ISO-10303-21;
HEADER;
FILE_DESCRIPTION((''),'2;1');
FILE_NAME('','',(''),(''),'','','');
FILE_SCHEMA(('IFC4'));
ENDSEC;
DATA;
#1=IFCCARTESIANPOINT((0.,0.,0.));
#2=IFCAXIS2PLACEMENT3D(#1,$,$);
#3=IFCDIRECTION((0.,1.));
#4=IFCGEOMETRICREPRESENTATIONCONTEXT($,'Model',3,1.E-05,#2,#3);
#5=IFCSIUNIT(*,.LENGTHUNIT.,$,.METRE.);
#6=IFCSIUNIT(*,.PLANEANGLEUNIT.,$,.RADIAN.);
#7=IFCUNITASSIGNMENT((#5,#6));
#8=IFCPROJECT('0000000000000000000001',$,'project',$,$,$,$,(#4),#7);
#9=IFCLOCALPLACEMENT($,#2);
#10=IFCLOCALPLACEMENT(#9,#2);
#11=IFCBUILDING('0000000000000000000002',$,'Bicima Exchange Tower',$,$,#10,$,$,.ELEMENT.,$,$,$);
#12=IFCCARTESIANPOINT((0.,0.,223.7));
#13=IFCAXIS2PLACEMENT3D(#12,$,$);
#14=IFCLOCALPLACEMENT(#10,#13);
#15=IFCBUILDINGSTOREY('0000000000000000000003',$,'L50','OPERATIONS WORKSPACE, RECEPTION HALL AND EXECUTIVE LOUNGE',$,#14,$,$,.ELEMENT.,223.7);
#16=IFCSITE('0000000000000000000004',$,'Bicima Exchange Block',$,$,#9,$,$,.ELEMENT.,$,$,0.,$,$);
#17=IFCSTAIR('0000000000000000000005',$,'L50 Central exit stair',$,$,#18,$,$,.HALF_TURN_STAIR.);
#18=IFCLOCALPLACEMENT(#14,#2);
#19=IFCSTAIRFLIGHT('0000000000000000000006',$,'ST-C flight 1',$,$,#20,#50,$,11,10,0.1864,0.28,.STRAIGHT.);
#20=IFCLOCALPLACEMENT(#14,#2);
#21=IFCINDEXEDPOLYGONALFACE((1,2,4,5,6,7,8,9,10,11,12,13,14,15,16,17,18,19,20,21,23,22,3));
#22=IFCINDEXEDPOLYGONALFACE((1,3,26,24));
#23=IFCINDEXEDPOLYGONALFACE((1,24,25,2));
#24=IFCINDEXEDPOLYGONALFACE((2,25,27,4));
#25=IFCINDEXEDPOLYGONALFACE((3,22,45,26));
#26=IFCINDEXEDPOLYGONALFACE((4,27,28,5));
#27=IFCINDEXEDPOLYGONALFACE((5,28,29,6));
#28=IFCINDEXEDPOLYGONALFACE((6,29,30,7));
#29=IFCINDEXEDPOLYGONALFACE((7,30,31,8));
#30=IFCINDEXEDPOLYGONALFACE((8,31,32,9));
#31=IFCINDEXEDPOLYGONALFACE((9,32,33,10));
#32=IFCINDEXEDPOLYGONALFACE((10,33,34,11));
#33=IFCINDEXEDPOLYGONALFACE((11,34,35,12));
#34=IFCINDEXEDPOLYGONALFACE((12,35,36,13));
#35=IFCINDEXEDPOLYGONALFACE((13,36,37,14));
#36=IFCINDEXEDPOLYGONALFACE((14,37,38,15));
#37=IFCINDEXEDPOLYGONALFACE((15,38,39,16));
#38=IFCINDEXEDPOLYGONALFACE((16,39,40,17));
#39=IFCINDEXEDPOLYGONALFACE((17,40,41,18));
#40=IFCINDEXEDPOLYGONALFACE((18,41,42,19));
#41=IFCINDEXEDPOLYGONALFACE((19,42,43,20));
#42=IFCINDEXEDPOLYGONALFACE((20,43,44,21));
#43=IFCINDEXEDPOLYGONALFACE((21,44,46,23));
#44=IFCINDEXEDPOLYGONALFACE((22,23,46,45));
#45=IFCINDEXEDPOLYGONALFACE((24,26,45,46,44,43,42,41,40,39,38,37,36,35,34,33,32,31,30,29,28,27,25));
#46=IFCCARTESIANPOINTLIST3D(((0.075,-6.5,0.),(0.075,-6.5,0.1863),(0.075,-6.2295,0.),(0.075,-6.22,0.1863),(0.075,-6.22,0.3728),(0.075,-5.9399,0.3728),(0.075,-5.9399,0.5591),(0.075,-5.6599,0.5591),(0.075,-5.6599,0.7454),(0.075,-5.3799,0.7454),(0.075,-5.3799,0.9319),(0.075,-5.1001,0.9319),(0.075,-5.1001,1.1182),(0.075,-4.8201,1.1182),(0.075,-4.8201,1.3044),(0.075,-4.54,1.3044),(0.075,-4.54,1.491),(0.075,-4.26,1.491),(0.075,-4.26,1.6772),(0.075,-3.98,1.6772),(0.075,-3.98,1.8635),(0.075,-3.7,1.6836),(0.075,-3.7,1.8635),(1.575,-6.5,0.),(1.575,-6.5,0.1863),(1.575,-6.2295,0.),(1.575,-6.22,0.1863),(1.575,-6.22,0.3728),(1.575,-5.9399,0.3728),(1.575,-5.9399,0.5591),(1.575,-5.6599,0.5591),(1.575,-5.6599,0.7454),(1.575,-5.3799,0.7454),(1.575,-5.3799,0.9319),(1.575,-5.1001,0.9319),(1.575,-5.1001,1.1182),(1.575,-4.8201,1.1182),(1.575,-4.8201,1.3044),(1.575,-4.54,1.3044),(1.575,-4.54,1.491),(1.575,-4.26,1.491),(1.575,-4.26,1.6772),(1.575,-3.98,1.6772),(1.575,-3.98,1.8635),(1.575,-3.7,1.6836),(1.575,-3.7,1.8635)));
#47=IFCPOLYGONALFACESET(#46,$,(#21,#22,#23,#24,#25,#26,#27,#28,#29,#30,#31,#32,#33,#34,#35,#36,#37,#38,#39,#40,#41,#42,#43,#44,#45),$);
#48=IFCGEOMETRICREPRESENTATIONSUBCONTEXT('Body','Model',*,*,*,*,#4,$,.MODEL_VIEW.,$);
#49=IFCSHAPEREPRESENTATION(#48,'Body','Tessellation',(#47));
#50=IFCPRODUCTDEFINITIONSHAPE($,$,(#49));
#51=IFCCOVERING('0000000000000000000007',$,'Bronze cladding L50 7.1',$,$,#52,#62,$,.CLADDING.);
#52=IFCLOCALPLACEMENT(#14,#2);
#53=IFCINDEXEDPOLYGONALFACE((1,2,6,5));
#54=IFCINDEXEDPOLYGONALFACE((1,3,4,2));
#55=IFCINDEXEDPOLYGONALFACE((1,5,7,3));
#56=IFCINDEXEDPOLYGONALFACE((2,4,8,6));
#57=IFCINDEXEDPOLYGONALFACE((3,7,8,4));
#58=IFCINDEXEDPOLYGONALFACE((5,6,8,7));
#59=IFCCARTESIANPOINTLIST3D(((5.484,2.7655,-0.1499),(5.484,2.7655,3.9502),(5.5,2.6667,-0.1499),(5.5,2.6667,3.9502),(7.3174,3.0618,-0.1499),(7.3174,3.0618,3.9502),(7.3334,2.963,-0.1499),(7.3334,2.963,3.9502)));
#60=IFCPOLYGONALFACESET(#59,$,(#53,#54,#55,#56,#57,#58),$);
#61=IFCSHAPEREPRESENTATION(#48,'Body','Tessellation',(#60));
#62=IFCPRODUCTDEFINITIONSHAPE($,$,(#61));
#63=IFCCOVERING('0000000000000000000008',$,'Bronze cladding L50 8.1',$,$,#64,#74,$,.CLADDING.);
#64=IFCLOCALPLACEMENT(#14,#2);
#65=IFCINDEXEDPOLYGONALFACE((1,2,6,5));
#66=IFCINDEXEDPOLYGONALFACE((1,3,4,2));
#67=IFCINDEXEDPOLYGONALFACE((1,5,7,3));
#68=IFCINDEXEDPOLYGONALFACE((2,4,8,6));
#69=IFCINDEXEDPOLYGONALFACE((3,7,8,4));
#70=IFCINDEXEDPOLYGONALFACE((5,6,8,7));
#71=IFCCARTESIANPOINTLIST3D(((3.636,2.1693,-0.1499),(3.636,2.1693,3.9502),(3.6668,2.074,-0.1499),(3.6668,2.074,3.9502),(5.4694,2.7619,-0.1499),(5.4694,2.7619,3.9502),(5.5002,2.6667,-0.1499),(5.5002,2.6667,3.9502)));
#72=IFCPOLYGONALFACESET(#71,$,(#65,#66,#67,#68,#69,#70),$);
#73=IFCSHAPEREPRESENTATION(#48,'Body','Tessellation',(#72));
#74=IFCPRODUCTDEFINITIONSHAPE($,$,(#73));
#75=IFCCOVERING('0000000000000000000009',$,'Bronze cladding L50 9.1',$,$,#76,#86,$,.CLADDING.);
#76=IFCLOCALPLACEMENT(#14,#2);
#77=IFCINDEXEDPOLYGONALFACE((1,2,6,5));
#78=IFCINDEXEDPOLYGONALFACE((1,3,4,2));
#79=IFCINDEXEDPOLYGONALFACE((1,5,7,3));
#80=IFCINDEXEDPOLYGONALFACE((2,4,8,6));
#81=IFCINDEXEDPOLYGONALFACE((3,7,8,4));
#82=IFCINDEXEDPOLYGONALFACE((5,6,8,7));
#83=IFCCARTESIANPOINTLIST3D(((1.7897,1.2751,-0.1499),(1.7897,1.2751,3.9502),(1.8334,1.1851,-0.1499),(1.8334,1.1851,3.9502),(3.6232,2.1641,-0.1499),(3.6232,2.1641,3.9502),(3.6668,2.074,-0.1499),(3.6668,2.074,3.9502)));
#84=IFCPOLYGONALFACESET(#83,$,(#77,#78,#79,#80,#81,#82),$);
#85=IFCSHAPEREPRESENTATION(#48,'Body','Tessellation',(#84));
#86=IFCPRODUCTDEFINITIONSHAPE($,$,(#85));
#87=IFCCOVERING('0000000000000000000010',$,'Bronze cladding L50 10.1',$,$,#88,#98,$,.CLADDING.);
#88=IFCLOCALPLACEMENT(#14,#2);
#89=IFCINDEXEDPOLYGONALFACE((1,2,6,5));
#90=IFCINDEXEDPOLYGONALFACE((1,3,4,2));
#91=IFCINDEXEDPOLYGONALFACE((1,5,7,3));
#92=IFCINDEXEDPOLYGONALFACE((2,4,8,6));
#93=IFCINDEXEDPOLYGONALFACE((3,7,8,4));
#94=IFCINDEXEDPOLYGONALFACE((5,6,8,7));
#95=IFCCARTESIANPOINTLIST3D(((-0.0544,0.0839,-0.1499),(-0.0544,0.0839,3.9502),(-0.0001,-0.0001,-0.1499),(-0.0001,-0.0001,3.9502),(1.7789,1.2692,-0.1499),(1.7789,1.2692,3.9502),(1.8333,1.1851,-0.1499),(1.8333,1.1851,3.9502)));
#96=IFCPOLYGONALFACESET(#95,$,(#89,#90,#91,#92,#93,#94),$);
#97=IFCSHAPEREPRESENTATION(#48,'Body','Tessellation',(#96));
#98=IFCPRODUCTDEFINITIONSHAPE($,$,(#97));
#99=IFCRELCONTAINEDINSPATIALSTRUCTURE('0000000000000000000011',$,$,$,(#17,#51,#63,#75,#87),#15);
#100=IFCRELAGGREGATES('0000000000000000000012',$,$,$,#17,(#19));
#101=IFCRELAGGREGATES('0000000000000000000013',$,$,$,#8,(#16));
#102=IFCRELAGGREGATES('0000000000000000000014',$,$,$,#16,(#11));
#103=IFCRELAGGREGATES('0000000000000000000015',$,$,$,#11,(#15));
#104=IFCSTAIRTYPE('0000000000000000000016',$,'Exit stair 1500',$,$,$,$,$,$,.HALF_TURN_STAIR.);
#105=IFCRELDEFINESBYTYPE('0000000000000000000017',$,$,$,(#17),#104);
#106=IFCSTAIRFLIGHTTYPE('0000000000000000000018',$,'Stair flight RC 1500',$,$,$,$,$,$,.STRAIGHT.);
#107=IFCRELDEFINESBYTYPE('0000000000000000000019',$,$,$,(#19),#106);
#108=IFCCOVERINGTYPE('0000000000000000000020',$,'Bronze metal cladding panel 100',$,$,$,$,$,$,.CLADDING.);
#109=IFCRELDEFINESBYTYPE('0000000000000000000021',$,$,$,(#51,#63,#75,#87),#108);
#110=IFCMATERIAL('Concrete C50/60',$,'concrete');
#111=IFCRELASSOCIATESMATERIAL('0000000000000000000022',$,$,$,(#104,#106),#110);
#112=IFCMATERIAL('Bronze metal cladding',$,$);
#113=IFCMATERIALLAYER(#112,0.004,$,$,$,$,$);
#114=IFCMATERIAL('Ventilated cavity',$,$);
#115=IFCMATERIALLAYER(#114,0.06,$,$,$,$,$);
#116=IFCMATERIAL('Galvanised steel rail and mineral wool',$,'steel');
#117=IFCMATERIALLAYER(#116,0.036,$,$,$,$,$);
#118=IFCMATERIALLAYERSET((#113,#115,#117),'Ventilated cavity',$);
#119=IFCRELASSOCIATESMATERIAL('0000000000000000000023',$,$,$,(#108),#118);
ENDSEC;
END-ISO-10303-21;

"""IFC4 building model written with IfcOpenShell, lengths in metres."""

from ifc_helpers import new_model, si_unit, direction, frame, origin, origin_2d, place, context, subcontext, project, spatial, polyline, rectangle, outline, extrude, material, layer, layer_set, type_object, element, aggregate, save


model = new_model("IFC4")

# Units and contexts
model_context = context("Model", 3, precision=1e-05, world=origin(), true_north=direction((0.0, 1.0)))
body_context = subcontext(model_context, "Body", "Model", "MODEL_VIEW")
ifc_project = project(units=[si_unit("LENGTHUNIT", "METRE"), si_unit("PLANEANGLEUNIT", "RADIAN")], contexts=[model_context])

# Site, building, storey
site_placement = place(None, origin())
site = spatial("IfcSite", under=ifc_project, at=site_placement, Name="Bicima Exchange Block", CompositionType="ELEMENT", RefElevation=0.0)
building_placement = place(site_placement, origin())
building = spatial("IfcBuilding", under=site, at=building_placement, Name="Bicima Exchange Tower", CompositionType="ELEMENT")
storey_placement = place(building_placement, frame((0.0, 0.0, 223.7)))
storey = spatial("IfcBuildingStorey", under=building, at=storey_placement, Name="L50", Description="OPERATIONS WORKSPACE, RECEPTION HALL AND EXECUTIVE LOUNGE", CompositionType="ELEMENT", Elevation=223.7)

# Stair
ifc_material_1 = material(Name="Concrete C50/60", Category="concrete")
stair_type_1 = type_object("IfcStairType", Name="Exit stair 1500", PredefinedType="HALF_TURN_STAIR", material=ifc_material_1)
stair_1_placement = place(storey_placement, origin())
stair_1 = element("IfcStair", 1, at=stair_1_placement, inside=storey, type_object=stair_type_1, Name="L50 Central exit stair", PredefinedType="HALF_TURN_STAIR")

# Stair flight
stair_flight_type = type_object("IfcStairFlightType", Name="Stair flight RC 1500", PredefinedType="STRAIGHT", material=ifc_material_1)
stair_flight_placement = place(storey_placement, frame((0.825, -6.5, 0.0), z_axis=(0.0, 0.0, 1.0), x_axis=(0.0, 1.0, 0.0)))
stair_flight = element("IfcStairFlight", 2, at=stair_flight_placement, type_object=stair_flight_type, Name="ST-C flight 1", NumberOfRisers=11, NumberOfTreads=10, PredefinedType="STRAIGHT", RiserHeight=0.1864, TreadLength=0.28, context=body_context, shape_type="SweptSolid", body=[
    extrude(outline(polyline([(0.0, 0.0), (0.0, 0.1863), (0.28, 0.1863), (0.28, 0.3728), (0.5601, 0.3728), (0.5601, 0.5591), (0.8401, 0.5591), (0.8401, 0.7454), (1.1201, 0.7454), (1.1201, 0.9319), (1.3999, 0.9319), (1.3999, 1.1182), (1.6799, 1.1182), (1.6799, 1.3044), (1.96, 1.3044), (1.96, 1.491), (2.24, 1.491), (2.24, 1.6772), (2.52, 1.6772), (2.52, 1.8635), (2.8, 1.8635), (2.8, 2.05), (2.8, 1.6836), (0.2705, 0.0), (0.0, 0.0)])), frame((0.0, 0.75, 0.0), z_axis=(0.0, -1.0, 0.0), x_axis=(1.0, 0.0, 0.0)), (0.0, 0.0, 1.0), 1.5),
])
aggregate(stair_1, [stair_flight])

# Coverings
ifc_material_2 = material(Name="Bronze metal cladding")
ifc_layer_1 = layer(ifc_material_2, 0.004)
ifc_material_3 = material(Name="Ventilated cavity")
ifc_layer_2 = layer(ifc_material_3, 0.06)
ifc_material_4 = material(Name="Galvanised steel rail and mineral wool", Category="steel")
ifc_layer_3 = layer(ifc_material_4, 0.036)
ifc_layer_set_1 = layer_set([ifc_layer_1, ifc_layer_2, ifc_layer_3], Name="Ventilated cavity")
covering_type = type_object("IfcCoveringType", Name="Bronze metal cladding panel 100", PredefinedType="CLADDING", material=ifc_layer_set_1)
covering_1_placement = place(storey_placement, frame((6.4087, 2.8643, -0.1499), z_axis=(0.0, 0.0, 1.0), x_axis=(-0.98719, -0.15955, 0.0)))
element("IfcCovering", 3, at=covering_1_placement, inside=storey, type_object=covering_type, Name="Bronze cladding L50 7.1", PredefinedType="CLADDING", context=body_context, shape_type="SweptSolid", body=[
    extrude(rectangle(XDim=1.8572, YDim=0.1001, at=origin_2d()), origin(), (0.0, 0.0, 1.0), 4.1001),
])
covering_2_placement = place(storey_placement, frame((4.5681, 2.418, -0.1499), z_axis=(0.0, 0.0, 1.0), x_axis=(-0.951525, -0.307573, 0.0)))
element("IfcCovering", 4, at=covering_2_placement, inside=storey, type_object=covering_type, Name="Bronze cladding L50 8.1", PredefinedType="CLADDING", context=body_context, shape_type="SweptSolid", body=[
    extrude(rectangle(XDim=1.9268, YDim=0.1001, at=origin_2d()), origin(), (0.0, 0.0, 1.0), 4.1001),
])
covering_3_placement = place(storey_placement, frame((2.7283, 1.6746, -0.1499), z_axis=(0.0, 0.0, 1.0), x_axis=(-0.899818, -0.436265, 0.0)))
element("IfcCovering", 5, at=covering_3_placement, inside=storey, type_object=covering_type, Name="Bronze cladding L50 9.1", PredefinedType="CLADDING", context=body_context, shape_type="SweptSolid", body=[
    extrude(rectangle(XDim=2.0376, YDim=0.1001, at=origin_2d()), origin(), (0.0, 0.0, 1.0), 4.1001),
])
covering_4_placement = place(storey_placement, frame((0.8894, 0.6345, -0.1499), z_axis=(0.0, 0.0, 1.0), x_axis=(-0.83979, -0.542911, 0.0)))
element("IfcCovering", 6, at=covering_4_placement, inside=storey, type_object=covering_type, Name="Bronze cladding L50 10.1", PredefinedType="CLADDING", context=body_context, shape_type="SweptSolid", body=[
    extrude(rectangle(XDim=2.1831, YDim=0.1001, at=origin_2d()), origin(), (0.0, 0.0, 1.0), 4.1001),
])

save(model, "model.ifc")
